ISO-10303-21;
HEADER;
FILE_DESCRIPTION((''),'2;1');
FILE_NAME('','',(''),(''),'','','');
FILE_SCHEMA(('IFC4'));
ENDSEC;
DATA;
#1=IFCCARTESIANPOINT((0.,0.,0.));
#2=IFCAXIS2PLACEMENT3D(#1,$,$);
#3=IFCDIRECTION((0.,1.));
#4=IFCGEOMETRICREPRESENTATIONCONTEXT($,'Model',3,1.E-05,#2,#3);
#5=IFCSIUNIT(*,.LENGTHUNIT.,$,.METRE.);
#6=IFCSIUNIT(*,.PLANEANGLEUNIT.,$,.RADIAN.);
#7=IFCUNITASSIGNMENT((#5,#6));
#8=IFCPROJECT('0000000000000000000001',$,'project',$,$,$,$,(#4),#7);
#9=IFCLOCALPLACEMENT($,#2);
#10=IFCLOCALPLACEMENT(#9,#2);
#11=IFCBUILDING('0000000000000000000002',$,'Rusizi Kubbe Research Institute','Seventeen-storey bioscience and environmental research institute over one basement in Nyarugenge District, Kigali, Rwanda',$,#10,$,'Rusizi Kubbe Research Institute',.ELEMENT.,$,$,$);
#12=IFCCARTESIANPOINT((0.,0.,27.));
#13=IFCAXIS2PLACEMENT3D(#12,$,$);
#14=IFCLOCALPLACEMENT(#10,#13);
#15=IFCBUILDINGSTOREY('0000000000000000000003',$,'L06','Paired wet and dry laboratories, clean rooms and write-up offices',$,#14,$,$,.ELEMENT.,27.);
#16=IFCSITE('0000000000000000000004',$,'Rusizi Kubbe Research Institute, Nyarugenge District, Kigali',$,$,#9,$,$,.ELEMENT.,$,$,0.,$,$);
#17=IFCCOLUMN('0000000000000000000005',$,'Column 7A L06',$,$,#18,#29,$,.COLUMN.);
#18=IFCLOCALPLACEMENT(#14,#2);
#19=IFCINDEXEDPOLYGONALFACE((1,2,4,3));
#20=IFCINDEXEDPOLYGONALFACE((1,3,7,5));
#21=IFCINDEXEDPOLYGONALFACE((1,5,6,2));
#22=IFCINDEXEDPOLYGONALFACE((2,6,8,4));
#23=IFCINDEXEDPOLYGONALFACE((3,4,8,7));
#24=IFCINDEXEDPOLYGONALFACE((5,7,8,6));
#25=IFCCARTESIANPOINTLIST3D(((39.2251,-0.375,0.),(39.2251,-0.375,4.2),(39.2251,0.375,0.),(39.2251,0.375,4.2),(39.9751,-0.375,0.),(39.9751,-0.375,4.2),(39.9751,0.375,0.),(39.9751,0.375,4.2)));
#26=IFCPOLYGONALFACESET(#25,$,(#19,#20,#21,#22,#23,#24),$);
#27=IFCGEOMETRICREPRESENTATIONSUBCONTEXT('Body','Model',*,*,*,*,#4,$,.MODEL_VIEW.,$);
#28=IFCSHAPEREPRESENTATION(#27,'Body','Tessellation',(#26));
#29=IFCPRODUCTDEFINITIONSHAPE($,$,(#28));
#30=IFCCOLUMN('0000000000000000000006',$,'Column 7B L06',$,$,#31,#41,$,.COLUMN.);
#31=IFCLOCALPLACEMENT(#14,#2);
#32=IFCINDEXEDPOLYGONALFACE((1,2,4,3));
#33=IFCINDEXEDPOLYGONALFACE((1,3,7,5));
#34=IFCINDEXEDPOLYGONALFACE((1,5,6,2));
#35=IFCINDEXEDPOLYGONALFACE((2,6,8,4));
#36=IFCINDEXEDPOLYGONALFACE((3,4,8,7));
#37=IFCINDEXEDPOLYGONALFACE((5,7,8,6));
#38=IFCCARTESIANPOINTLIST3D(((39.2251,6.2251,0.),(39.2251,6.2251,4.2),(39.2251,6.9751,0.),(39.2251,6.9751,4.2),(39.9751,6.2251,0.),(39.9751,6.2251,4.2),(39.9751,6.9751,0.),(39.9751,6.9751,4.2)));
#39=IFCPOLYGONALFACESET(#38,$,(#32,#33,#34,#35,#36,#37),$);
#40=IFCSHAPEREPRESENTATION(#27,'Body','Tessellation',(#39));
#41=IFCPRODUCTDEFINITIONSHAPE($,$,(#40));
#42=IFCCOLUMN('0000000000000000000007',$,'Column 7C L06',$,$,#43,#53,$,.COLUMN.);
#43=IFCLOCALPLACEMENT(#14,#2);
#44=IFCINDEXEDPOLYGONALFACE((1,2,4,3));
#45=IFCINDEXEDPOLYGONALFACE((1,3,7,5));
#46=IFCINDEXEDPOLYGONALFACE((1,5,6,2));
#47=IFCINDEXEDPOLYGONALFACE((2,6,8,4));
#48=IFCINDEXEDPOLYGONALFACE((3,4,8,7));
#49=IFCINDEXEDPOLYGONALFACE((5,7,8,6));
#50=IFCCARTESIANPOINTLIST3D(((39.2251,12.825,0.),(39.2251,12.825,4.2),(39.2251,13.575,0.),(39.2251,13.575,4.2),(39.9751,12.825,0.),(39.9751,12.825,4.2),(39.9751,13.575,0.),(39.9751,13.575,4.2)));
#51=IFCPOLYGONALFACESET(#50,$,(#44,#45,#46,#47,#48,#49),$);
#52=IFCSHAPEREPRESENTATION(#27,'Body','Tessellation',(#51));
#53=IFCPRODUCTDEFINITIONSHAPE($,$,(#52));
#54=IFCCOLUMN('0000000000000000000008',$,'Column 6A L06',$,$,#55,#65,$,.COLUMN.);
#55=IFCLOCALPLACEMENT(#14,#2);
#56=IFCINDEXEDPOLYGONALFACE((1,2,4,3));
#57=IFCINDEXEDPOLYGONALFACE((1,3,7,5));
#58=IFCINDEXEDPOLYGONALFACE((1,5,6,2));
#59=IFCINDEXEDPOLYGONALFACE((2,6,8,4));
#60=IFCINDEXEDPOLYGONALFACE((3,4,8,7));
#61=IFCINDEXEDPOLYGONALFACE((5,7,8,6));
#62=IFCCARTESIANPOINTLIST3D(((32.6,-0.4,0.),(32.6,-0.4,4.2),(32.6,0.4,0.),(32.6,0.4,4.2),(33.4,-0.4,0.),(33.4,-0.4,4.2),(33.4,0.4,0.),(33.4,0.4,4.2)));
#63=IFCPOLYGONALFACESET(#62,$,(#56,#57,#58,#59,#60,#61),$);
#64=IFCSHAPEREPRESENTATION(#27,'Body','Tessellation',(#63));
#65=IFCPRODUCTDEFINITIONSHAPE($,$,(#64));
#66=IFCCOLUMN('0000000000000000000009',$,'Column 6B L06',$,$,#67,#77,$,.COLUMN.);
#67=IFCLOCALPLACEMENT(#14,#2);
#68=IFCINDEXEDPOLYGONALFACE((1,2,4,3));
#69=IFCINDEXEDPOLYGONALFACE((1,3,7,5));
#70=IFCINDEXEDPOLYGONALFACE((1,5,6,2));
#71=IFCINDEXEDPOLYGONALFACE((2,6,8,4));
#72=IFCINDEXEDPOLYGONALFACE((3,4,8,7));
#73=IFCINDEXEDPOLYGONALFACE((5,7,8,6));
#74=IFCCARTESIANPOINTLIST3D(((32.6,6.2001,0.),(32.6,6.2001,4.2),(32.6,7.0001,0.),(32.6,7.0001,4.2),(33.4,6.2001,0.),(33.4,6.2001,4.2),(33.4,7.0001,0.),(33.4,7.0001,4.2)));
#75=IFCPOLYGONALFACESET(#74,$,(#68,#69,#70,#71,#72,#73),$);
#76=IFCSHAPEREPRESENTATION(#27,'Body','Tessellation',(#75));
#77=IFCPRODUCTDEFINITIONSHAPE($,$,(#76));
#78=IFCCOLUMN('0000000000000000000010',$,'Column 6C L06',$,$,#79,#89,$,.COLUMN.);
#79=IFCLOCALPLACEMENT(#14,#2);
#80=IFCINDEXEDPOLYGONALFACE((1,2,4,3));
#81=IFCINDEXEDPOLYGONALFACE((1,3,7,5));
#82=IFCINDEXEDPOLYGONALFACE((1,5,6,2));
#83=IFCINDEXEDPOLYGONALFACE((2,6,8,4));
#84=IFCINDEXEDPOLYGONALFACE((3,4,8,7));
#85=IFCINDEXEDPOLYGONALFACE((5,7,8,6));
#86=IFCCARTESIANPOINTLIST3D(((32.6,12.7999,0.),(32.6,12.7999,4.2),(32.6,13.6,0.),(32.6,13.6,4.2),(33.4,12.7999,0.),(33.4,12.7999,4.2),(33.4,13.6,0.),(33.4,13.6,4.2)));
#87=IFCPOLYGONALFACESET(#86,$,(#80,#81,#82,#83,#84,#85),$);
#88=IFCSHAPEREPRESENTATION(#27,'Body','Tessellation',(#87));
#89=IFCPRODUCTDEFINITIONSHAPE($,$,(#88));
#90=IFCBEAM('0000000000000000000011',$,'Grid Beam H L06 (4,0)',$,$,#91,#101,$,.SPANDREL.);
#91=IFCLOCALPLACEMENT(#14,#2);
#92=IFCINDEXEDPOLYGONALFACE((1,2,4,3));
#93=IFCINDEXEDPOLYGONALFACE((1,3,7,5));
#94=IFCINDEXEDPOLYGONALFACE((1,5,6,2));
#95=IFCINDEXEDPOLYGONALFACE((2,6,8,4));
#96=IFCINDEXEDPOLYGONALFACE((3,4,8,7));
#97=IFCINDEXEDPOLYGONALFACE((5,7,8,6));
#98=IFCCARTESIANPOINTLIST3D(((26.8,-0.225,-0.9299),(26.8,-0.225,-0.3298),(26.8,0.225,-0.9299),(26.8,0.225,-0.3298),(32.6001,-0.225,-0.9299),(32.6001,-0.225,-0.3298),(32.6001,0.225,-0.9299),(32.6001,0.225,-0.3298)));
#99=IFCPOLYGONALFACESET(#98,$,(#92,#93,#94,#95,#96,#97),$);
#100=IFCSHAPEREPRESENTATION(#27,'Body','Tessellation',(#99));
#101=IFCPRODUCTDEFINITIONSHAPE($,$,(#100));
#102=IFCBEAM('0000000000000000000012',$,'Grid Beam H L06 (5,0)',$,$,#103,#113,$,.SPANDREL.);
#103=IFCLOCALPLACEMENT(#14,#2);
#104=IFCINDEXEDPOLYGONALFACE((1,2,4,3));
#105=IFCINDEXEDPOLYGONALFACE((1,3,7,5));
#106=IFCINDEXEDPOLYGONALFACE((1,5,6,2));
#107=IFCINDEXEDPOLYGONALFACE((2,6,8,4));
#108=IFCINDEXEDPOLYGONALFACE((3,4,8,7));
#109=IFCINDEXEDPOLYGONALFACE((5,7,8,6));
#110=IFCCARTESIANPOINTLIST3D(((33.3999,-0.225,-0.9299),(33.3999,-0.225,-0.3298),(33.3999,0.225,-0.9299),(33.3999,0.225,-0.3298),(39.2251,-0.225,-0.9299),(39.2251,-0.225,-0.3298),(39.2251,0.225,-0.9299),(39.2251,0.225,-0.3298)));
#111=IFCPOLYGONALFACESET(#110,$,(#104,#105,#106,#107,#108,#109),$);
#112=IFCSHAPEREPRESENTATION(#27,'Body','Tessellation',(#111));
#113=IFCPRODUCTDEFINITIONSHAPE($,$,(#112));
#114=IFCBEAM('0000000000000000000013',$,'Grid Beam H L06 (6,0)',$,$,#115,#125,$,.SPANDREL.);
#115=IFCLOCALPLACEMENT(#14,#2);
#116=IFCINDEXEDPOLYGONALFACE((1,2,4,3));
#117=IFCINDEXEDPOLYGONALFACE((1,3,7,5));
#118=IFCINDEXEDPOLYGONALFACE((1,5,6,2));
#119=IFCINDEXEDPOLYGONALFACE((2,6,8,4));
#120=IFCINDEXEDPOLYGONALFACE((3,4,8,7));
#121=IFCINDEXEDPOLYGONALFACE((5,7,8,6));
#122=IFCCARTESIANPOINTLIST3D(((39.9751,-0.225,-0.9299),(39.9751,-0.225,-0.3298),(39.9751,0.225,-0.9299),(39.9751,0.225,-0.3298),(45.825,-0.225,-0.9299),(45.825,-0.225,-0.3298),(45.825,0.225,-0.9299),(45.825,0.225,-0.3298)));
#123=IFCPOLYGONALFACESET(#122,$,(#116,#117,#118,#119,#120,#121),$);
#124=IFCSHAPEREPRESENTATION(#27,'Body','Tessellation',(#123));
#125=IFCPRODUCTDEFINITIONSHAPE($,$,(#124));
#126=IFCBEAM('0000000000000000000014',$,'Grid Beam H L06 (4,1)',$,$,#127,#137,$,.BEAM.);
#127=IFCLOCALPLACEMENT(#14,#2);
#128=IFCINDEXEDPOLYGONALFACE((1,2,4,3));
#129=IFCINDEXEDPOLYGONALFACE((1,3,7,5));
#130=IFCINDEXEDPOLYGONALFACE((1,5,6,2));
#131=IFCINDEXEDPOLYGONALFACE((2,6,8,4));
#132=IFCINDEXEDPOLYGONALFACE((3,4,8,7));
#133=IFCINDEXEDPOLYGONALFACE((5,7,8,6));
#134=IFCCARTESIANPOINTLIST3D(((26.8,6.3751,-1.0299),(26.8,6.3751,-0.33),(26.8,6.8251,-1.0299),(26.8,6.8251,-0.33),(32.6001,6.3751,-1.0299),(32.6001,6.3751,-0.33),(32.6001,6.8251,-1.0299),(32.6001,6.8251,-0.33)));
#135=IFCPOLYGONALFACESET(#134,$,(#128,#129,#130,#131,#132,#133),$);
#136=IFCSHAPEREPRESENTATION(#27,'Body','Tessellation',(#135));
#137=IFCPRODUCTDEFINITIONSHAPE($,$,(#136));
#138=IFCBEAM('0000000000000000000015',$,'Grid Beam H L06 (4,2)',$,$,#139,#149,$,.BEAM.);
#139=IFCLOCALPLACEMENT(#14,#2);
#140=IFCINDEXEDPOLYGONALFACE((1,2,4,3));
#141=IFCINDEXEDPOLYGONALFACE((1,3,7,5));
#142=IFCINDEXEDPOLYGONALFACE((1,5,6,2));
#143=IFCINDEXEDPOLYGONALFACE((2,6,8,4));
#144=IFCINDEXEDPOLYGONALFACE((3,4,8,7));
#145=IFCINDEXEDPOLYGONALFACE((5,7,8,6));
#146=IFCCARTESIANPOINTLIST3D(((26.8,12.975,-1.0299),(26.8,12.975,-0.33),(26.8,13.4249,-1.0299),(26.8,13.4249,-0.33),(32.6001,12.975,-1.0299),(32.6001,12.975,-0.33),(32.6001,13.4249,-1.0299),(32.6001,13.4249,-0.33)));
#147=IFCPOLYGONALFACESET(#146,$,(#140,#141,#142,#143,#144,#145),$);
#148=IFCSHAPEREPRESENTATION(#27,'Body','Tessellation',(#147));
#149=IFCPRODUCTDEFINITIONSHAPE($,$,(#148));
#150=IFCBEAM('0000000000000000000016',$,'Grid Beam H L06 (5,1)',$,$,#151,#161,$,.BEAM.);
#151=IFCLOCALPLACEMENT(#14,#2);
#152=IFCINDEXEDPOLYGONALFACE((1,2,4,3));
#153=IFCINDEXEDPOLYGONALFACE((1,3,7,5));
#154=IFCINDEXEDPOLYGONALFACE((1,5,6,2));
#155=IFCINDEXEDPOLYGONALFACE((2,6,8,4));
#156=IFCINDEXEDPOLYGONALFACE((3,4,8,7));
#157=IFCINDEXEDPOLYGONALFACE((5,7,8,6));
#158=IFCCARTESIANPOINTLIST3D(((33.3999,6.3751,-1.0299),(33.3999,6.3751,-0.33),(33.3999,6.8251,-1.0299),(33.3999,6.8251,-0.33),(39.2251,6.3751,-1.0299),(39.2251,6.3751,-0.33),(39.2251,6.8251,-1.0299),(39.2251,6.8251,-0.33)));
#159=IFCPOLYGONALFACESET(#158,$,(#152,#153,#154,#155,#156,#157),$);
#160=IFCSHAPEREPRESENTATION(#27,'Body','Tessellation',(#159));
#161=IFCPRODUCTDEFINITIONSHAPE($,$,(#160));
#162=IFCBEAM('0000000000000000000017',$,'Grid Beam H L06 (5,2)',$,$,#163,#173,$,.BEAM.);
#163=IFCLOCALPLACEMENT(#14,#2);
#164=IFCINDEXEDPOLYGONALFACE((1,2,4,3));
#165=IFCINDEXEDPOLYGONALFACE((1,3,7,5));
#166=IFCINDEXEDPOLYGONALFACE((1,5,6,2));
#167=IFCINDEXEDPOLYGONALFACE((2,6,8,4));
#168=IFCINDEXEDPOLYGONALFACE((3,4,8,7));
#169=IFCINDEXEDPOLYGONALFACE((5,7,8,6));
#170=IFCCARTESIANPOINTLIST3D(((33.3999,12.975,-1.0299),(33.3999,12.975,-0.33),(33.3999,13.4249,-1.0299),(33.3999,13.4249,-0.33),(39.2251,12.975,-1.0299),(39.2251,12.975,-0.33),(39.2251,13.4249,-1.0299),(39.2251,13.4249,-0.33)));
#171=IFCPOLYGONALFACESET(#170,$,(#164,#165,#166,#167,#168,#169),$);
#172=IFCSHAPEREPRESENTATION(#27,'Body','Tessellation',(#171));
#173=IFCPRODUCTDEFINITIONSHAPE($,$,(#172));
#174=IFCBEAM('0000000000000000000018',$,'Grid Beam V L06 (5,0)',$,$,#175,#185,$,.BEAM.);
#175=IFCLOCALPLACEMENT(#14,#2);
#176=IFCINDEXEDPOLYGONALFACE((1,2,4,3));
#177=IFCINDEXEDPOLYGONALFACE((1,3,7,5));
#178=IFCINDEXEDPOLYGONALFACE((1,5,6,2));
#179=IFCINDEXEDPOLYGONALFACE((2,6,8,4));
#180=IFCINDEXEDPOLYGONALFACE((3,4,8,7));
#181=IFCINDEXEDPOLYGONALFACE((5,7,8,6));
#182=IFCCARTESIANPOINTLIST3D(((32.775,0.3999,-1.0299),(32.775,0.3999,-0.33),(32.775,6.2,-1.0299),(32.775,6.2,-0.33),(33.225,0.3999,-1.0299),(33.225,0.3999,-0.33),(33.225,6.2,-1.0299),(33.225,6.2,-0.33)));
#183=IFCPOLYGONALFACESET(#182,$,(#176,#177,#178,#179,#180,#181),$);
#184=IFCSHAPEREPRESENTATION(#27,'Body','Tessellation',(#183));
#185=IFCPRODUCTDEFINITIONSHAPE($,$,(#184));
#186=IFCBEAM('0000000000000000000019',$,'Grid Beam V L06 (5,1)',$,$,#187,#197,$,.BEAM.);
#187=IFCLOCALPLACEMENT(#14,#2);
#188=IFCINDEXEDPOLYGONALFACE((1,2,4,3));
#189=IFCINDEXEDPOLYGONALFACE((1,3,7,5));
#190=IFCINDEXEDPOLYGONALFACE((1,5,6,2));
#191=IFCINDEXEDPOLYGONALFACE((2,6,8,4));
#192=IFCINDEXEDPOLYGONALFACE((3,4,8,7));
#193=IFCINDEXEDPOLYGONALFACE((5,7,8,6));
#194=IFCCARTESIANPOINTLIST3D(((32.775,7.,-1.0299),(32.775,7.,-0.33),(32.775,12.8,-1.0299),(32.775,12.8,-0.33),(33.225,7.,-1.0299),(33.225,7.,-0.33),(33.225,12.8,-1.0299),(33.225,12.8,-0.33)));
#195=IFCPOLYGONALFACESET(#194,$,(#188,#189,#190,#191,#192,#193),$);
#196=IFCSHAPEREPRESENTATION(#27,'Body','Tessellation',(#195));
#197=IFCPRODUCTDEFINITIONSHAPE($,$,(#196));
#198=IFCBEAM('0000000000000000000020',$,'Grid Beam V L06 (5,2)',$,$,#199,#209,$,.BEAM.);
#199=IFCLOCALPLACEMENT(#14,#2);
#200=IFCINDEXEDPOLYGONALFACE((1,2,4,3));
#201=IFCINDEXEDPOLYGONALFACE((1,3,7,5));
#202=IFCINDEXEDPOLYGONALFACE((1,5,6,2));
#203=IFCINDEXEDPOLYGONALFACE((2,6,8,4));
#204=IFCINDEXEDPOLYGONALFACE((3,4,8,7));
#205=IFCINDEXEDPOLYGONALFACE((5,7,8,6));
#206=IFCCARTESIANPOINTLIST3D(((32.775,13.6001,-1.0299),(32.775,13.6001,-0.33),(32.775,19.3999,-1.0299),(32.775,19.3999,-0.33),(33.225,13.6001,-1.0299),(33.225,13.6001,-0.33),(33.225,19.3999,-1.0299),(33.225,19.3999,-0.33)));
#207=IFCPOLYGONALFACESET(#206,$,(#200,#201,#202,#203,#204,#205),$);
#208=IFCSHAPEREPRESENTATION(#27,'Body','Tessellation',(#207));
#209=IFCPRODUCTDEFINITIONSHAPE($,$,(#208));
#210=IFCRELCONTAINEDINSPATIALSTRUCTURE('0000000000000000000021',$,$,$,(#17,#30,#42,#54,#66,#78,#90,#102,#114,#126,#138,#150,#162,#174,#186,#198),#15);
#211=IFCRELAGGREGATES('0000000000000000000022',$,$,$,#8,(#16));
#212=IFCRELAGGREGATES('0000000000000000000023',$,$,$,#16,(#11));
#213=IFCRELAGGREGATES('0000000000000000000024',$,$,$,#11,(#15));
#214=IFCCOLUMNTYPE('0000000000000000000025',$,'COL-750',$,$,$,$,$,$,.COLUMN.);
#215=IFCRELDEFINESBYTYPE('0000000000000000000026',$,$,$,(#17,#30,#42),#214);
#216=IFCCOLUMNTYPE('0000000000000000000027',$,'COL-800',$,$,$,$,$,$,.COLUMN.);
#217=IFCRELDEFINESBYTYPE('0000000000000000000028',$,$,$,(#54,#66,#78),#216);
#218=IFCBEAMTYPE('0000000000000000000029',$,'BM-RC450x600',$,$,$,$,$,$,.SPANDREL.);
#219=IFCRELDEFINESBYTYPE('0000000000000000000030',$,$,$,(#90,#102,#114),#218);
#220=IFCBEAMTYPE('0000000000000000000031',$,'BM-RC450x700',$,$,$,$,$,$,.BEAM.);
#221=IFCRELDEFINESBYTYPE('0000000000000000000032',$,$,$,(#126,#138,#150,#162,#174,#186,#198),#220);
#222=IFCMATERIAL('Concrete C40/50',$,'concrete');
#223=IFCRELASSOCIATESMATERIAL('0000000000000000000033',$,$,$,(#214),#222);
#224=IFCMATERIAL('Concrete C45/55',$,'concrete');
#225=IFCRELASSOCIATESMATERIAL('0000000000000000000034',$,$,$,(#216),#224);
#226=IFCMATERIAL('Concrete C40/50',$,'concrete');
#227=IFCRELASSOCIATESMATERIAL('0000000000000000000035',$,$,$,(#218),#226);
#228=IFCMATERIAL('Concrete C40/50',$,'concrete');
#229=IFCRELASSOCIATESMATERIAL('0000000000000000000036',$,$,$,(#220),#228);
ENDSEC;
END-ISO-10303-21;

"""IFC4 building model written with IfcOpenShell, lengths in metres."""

from ifc_helpers import new_model, si_unit, direction, frame, origin, origin_2d, place, context, subcontext, project, spatial, rectangle, extrude, material, material_profile, profile_set, type_object, element, save


model = new_model("IFC4")

# Units and contexts
model_context = context("Model", 3, precision=1e-05, world=origin(), true_north=direction((0.0, 1.0)))
body_context = subcontext(model_context, "Body", "Model", "MODEL_VIEW")
ifc_project = project(units=[si_unit("LENGTHUNIT", "METRE"), si_unit("PLANEANGLEUNIT", "RADIAN")], contexts=[model_context])

# Site, building, storey
site_placement = place(None, origin())
site = spatial("IfcSite", under=ifc_project, at=site_placement, Name="Rusizi Kubbe Research Institute, Nyarugenge District, Kigali", CompositionType="ELEMENT", RefElevation=0.0)
building_placement = place(site_placement, origin())
building = spatial("IfcBuilding", under=site, at=building_placement, Name="Rusizi Kubbe Research Institute", Description="Seventeen-storey bioscience and environmental research institute over one basement in Nyarugenge District, Kigali, Rwanda", LongName="Rusizi Kubbe Research Institute", CompositionType="ELEMENT")
storey_placement = place(building_placement, frame((0.0, 0.0, 27.0)))
storey = spatial("IfcBuildingStorey", under=building, at=storey_placement, Name="L06", Description="Paired wet and dry laboratories, clean rooms and write-up offices", CompositionType="ELEMENT", Elevation=27.0)

# Columns
ifc_material_1 = material(Name="Concrete C40/50", Category="concrete")
ifc_material_profile_1 = material_profile(ifc_material_1, rectangle(XDim=0.75, YDim=0.75, at=origin_2d()), Name="RC750x750")
ifc_profile_set_1 = profile_set([ifc_material_profile_1], Name="Concrete C40/50")
column_type_1 = type_object("IfcColumnType", Name="COL-750", PredefinedType="COLUMN", material=ifc_profile_set_1)
for number, where, z_axis, x_axis, name in (
    (1, (39.6001, 0.0, 0.0), (0.0, 0.0, 1.0), (1.0, 0.0, 0.0), "Column 7A L06"),
    (2, (39.6001, 6.6001, 0.0), (0.0, 0.0, 1.0), (1.0, 0.0, 0.0), "Column 7B L06"),
    (3, (39.6001, 13.2, 0.0), (0.0, 0.0, 1.0), (1.0, 0.0, 0.0), "Column 7C L06"),
):
    element("IfcColumn", number, at=place(storey_placement, frame(where, z_axis=z_axis, x_axis=x_axis)), inside=storey, type_object=column_type_1, Name=name, PredefinedType="COLUMN", context=body_context, shape_type="SweptSolid", body=[
        extrude(rectangle(XDim=0.75, YDim=0.75, at=origin_2d()), origin(), (0.0, 0.0, 1.0), 4.2),
    ])
ifc_material_2 = material(Name="Concrete C45/55", Category="concrete")
ifc_material_profile_2 = material_profile(ifc_material_2, rectangle(XDim=0.8, YDim=0.8, at=origin_2d()), Name="RC800x800")
ifc_profile_set_2 = profile_set([ifc_material_profile_2], Name="Concrete C45/55")
column_type_2 = type_object("IfcColumnType", Name="COL-800", PredefinedType="COLUMN", material=ifc_profile_set_2)
for number, where, z_axis, x_axis, name in (
    (4, (33.0, 0.0, 0.0), (0.0, 0.0, 1.0), (1.0, 0.0, 0.0), "Column 6A L06"),
    (5, (33.0, 6.6001, 0.0), (0.0, 0.0, 1.0), (1.0, 0.0, 0.0), "Column 6B L06"),
    (6, (33.0, 13.2, 0.0), (0.0, 0.0, 1.0), (1.0, 0.0, 0.0), "Column 6C L06"),
):
    element("IfcColumn", number, at=place(storey_placement, frame(where, z_axis=z_axis, x_axis=x_axis)), inside=storey, type_object=column_type_2, Name=name, PredefinedType="COLUMN", context=body_context, shape_type="SweptSolid", body=[
        extrude(rectangle(XDim=0.8, YDim=0.8, at=origin_2d()), origin(), (0.0, 0.0, 1.0), 4.2),
    ])

# Beams
ifc_material_3 = material(Name="Concrete C40/50", Category="concrete")
ifc_material_profile_3 = material_profile(ifc_material_3, rectangle(XDim=0.45, YDim=0.6001, at=origin_2d()), Name="RC450x600")
ifc_profile_set_3 = profile_set([ifc_material_profile_3], Name="Concrete C40/50")
beam_type_1 = type_object("IfcBeamType", Name="BM-RC450x600", PredefinedType="SPANDREL", material=ifc_profile_set_3)
beam_1_placement = place(storey_placement, frame((26.8, 0.0, -0.6299), z_axis=(1.0, 0.0, 0.0), x_axis=(0.0, 1.0, 0.0)))
element("IfcBeam", 7, at=beam_1_placement, inside=storey, type_object=beam_type_1, Name="Grid Beam H L06 (4,0)", PredefinedType="SPANDREL", context=body_context, shape_type="SweptSolid", body=[
    extrude(rectangle(XDim=0.45, YDim=0.6001, at=origin_2d()), origin(), (0.0, 0.0, 1.0), 5.8),
])
beam_2_placement = place(storey_placement, frame((33.3999, 0.0, -0.6299), z_axis=(1.0, 0.0, 0.0), x_axis=(0.0, 1.0, 0.0)))
element("IfcBeam", 8, at=beam_2_placement, inside=storey, type_object=beam_type_1, Name="Grid Beam H L06 (5,0)", PredefinedType="SPANDREL", context=body_context, shape_type="SweptSolid", body=[
    extrude(rectangle(XDim=0.45, YDim=0.6001, at=origin_2d()), origin(), (0.0, 0.0, 1.0), 5.8252),
])
beam_3_placement = place(storey_placement, frame((39.9751, 0.0, -0.6299), z_axis=(1.0, 0.0, 0.0), x_axis=(0.0, 1.0, 0.0)))
element("IfcBeam", 9, at=beam_3_placement, inside=storey, type_object=beam_type_1, Name="Grid Beam H L06 (6,0)", PredefinedType="SPANDREL", context=body_context, shape_type="SweptSolid", body=[
    extrude(rectangle(XDim=0.45, YDim=0.6001, at=origin_2d()), origin(), (0.0, 0.0, 1.0), 5.8499),
])
ifc_material_4 = material(Name="Concrete C40/50", Category="concrete")
ifc_material_profile_4 = material_profile(ifc_material_4, rectangle(XDim=0.45, YDim=0.7, at=origin_2d()), Name="RC450x700B")
ifc_profile_set_4 = profile_set([ifc_material_profile_4], Name="Concrete C40/50")
beam_type_2 = type_object("IfcBeamType", Name="BM-RC450x700", PredefinedType="BEAM", material=ifc_profile_set_4)
for number, where, z_axis, x_axis, name in (
    (10, (26.8, 6.6001, -0.6799), (1.0, 0.0, 0.0), (0.0, 1.0, 0.0), "Grid Beam H L06 (4,1)"),
    (11, (26.8, 13.2, -0.6799), (1.0, 0.0, 0.0), (0.0, 1.0, 0.0), "Grid Beam H L06 (4,2)"),
):
    element("IfcBeam", number, at=place(storey_placement, frame(where, z_axis=z_axis, x_axis=x_axis)), inside=storey, type_object=beam_type_2, Name=name, PredefinedType="BEAM", context=body_context, shape_type="SweptSolid", body=[
        extrude(rectangle(XDim=0.45, YDim=0.7, at=origin_2d()), origin(), (0.0, 0.0, 1.0), 5.8),
    ])
for number, where, z_axis, x_axis, name in (
    (12, (33.3999, 6.6001, -0.6799), (1.0, 0.0, 0.0), (0.0, 1.0, 0.0), "Grid Beam H L06 (5,1)"),
    (13, (33.3999, 13.2, -0.6799), (1.0, 0.0, 0.0), (0.0, 1.0, 0.0), "Grid Beam H L06 (5,2)"),
):
    element("IfcBeam", number, at=place(storey_placement, frame(where, z_axis=z_axis, x_axis=x_axis)), inside=storey, type_object=beam_type_2, Name=name, PredefinedType="BEAM", context=body_context, shape_type="SweptSolid", body=[
        extrude(rectangle(XDim=0.45, YDim=0.7, at=origin_2d()), origin(), (0.0, 0.0, 1.0), 5.8252),
    ])
for number, where, z_axis, x_axis, name in (
    (14, (33.0, 0.3999, -0.6799), (0.0, 1.0, 0.0), (-1.0, 0.0, 0.0), "Grid Beam V L06 (5,0)"),
    (15, (33.0, 7.0, -0.6799), (0.0, 1.0, 0.0), (-1.0, 0.0, 0.0), "Grid Beam V L06 (5,1)"),
):
    element("IfcBeam", number, at=place(storey_placement, frame(where, z_axis=z_axis, x_axis=x_axis)), inside=storey, type_object=beam_type_2, Name=name, PredefinedType="BEAM", context=body_context, shape_type="SweptSolid", body=[
        extrude(rectangle(XDim=0.45, YDim=0.7, at=origin_2d()), origin(), (0.0, 0.0, 1.0), 5.8),
    ])
beam_4_placement = place(storey_placement, frame((33.0, 13.6001, -0.6799), z_axis=(0.0, 1.0, 0.0), x_axis=(-1.0, 0.0, 0.0)))
element("IfcBeam", 16, at=beam_4_placement, inside=storey, type_object=beam_type_2, Name="Grid Beam V L06 (5,2)", PredefinedType="BEAM", context=body_context, shape_type="SweptSolid", body=[
    extrude(rectangle(XDim=0.45, YDim=0.7, at=origin_2d()), origin(), (0.0, 0.0, 1.0), 5.7998),
])

save(model, "model.ifc")
